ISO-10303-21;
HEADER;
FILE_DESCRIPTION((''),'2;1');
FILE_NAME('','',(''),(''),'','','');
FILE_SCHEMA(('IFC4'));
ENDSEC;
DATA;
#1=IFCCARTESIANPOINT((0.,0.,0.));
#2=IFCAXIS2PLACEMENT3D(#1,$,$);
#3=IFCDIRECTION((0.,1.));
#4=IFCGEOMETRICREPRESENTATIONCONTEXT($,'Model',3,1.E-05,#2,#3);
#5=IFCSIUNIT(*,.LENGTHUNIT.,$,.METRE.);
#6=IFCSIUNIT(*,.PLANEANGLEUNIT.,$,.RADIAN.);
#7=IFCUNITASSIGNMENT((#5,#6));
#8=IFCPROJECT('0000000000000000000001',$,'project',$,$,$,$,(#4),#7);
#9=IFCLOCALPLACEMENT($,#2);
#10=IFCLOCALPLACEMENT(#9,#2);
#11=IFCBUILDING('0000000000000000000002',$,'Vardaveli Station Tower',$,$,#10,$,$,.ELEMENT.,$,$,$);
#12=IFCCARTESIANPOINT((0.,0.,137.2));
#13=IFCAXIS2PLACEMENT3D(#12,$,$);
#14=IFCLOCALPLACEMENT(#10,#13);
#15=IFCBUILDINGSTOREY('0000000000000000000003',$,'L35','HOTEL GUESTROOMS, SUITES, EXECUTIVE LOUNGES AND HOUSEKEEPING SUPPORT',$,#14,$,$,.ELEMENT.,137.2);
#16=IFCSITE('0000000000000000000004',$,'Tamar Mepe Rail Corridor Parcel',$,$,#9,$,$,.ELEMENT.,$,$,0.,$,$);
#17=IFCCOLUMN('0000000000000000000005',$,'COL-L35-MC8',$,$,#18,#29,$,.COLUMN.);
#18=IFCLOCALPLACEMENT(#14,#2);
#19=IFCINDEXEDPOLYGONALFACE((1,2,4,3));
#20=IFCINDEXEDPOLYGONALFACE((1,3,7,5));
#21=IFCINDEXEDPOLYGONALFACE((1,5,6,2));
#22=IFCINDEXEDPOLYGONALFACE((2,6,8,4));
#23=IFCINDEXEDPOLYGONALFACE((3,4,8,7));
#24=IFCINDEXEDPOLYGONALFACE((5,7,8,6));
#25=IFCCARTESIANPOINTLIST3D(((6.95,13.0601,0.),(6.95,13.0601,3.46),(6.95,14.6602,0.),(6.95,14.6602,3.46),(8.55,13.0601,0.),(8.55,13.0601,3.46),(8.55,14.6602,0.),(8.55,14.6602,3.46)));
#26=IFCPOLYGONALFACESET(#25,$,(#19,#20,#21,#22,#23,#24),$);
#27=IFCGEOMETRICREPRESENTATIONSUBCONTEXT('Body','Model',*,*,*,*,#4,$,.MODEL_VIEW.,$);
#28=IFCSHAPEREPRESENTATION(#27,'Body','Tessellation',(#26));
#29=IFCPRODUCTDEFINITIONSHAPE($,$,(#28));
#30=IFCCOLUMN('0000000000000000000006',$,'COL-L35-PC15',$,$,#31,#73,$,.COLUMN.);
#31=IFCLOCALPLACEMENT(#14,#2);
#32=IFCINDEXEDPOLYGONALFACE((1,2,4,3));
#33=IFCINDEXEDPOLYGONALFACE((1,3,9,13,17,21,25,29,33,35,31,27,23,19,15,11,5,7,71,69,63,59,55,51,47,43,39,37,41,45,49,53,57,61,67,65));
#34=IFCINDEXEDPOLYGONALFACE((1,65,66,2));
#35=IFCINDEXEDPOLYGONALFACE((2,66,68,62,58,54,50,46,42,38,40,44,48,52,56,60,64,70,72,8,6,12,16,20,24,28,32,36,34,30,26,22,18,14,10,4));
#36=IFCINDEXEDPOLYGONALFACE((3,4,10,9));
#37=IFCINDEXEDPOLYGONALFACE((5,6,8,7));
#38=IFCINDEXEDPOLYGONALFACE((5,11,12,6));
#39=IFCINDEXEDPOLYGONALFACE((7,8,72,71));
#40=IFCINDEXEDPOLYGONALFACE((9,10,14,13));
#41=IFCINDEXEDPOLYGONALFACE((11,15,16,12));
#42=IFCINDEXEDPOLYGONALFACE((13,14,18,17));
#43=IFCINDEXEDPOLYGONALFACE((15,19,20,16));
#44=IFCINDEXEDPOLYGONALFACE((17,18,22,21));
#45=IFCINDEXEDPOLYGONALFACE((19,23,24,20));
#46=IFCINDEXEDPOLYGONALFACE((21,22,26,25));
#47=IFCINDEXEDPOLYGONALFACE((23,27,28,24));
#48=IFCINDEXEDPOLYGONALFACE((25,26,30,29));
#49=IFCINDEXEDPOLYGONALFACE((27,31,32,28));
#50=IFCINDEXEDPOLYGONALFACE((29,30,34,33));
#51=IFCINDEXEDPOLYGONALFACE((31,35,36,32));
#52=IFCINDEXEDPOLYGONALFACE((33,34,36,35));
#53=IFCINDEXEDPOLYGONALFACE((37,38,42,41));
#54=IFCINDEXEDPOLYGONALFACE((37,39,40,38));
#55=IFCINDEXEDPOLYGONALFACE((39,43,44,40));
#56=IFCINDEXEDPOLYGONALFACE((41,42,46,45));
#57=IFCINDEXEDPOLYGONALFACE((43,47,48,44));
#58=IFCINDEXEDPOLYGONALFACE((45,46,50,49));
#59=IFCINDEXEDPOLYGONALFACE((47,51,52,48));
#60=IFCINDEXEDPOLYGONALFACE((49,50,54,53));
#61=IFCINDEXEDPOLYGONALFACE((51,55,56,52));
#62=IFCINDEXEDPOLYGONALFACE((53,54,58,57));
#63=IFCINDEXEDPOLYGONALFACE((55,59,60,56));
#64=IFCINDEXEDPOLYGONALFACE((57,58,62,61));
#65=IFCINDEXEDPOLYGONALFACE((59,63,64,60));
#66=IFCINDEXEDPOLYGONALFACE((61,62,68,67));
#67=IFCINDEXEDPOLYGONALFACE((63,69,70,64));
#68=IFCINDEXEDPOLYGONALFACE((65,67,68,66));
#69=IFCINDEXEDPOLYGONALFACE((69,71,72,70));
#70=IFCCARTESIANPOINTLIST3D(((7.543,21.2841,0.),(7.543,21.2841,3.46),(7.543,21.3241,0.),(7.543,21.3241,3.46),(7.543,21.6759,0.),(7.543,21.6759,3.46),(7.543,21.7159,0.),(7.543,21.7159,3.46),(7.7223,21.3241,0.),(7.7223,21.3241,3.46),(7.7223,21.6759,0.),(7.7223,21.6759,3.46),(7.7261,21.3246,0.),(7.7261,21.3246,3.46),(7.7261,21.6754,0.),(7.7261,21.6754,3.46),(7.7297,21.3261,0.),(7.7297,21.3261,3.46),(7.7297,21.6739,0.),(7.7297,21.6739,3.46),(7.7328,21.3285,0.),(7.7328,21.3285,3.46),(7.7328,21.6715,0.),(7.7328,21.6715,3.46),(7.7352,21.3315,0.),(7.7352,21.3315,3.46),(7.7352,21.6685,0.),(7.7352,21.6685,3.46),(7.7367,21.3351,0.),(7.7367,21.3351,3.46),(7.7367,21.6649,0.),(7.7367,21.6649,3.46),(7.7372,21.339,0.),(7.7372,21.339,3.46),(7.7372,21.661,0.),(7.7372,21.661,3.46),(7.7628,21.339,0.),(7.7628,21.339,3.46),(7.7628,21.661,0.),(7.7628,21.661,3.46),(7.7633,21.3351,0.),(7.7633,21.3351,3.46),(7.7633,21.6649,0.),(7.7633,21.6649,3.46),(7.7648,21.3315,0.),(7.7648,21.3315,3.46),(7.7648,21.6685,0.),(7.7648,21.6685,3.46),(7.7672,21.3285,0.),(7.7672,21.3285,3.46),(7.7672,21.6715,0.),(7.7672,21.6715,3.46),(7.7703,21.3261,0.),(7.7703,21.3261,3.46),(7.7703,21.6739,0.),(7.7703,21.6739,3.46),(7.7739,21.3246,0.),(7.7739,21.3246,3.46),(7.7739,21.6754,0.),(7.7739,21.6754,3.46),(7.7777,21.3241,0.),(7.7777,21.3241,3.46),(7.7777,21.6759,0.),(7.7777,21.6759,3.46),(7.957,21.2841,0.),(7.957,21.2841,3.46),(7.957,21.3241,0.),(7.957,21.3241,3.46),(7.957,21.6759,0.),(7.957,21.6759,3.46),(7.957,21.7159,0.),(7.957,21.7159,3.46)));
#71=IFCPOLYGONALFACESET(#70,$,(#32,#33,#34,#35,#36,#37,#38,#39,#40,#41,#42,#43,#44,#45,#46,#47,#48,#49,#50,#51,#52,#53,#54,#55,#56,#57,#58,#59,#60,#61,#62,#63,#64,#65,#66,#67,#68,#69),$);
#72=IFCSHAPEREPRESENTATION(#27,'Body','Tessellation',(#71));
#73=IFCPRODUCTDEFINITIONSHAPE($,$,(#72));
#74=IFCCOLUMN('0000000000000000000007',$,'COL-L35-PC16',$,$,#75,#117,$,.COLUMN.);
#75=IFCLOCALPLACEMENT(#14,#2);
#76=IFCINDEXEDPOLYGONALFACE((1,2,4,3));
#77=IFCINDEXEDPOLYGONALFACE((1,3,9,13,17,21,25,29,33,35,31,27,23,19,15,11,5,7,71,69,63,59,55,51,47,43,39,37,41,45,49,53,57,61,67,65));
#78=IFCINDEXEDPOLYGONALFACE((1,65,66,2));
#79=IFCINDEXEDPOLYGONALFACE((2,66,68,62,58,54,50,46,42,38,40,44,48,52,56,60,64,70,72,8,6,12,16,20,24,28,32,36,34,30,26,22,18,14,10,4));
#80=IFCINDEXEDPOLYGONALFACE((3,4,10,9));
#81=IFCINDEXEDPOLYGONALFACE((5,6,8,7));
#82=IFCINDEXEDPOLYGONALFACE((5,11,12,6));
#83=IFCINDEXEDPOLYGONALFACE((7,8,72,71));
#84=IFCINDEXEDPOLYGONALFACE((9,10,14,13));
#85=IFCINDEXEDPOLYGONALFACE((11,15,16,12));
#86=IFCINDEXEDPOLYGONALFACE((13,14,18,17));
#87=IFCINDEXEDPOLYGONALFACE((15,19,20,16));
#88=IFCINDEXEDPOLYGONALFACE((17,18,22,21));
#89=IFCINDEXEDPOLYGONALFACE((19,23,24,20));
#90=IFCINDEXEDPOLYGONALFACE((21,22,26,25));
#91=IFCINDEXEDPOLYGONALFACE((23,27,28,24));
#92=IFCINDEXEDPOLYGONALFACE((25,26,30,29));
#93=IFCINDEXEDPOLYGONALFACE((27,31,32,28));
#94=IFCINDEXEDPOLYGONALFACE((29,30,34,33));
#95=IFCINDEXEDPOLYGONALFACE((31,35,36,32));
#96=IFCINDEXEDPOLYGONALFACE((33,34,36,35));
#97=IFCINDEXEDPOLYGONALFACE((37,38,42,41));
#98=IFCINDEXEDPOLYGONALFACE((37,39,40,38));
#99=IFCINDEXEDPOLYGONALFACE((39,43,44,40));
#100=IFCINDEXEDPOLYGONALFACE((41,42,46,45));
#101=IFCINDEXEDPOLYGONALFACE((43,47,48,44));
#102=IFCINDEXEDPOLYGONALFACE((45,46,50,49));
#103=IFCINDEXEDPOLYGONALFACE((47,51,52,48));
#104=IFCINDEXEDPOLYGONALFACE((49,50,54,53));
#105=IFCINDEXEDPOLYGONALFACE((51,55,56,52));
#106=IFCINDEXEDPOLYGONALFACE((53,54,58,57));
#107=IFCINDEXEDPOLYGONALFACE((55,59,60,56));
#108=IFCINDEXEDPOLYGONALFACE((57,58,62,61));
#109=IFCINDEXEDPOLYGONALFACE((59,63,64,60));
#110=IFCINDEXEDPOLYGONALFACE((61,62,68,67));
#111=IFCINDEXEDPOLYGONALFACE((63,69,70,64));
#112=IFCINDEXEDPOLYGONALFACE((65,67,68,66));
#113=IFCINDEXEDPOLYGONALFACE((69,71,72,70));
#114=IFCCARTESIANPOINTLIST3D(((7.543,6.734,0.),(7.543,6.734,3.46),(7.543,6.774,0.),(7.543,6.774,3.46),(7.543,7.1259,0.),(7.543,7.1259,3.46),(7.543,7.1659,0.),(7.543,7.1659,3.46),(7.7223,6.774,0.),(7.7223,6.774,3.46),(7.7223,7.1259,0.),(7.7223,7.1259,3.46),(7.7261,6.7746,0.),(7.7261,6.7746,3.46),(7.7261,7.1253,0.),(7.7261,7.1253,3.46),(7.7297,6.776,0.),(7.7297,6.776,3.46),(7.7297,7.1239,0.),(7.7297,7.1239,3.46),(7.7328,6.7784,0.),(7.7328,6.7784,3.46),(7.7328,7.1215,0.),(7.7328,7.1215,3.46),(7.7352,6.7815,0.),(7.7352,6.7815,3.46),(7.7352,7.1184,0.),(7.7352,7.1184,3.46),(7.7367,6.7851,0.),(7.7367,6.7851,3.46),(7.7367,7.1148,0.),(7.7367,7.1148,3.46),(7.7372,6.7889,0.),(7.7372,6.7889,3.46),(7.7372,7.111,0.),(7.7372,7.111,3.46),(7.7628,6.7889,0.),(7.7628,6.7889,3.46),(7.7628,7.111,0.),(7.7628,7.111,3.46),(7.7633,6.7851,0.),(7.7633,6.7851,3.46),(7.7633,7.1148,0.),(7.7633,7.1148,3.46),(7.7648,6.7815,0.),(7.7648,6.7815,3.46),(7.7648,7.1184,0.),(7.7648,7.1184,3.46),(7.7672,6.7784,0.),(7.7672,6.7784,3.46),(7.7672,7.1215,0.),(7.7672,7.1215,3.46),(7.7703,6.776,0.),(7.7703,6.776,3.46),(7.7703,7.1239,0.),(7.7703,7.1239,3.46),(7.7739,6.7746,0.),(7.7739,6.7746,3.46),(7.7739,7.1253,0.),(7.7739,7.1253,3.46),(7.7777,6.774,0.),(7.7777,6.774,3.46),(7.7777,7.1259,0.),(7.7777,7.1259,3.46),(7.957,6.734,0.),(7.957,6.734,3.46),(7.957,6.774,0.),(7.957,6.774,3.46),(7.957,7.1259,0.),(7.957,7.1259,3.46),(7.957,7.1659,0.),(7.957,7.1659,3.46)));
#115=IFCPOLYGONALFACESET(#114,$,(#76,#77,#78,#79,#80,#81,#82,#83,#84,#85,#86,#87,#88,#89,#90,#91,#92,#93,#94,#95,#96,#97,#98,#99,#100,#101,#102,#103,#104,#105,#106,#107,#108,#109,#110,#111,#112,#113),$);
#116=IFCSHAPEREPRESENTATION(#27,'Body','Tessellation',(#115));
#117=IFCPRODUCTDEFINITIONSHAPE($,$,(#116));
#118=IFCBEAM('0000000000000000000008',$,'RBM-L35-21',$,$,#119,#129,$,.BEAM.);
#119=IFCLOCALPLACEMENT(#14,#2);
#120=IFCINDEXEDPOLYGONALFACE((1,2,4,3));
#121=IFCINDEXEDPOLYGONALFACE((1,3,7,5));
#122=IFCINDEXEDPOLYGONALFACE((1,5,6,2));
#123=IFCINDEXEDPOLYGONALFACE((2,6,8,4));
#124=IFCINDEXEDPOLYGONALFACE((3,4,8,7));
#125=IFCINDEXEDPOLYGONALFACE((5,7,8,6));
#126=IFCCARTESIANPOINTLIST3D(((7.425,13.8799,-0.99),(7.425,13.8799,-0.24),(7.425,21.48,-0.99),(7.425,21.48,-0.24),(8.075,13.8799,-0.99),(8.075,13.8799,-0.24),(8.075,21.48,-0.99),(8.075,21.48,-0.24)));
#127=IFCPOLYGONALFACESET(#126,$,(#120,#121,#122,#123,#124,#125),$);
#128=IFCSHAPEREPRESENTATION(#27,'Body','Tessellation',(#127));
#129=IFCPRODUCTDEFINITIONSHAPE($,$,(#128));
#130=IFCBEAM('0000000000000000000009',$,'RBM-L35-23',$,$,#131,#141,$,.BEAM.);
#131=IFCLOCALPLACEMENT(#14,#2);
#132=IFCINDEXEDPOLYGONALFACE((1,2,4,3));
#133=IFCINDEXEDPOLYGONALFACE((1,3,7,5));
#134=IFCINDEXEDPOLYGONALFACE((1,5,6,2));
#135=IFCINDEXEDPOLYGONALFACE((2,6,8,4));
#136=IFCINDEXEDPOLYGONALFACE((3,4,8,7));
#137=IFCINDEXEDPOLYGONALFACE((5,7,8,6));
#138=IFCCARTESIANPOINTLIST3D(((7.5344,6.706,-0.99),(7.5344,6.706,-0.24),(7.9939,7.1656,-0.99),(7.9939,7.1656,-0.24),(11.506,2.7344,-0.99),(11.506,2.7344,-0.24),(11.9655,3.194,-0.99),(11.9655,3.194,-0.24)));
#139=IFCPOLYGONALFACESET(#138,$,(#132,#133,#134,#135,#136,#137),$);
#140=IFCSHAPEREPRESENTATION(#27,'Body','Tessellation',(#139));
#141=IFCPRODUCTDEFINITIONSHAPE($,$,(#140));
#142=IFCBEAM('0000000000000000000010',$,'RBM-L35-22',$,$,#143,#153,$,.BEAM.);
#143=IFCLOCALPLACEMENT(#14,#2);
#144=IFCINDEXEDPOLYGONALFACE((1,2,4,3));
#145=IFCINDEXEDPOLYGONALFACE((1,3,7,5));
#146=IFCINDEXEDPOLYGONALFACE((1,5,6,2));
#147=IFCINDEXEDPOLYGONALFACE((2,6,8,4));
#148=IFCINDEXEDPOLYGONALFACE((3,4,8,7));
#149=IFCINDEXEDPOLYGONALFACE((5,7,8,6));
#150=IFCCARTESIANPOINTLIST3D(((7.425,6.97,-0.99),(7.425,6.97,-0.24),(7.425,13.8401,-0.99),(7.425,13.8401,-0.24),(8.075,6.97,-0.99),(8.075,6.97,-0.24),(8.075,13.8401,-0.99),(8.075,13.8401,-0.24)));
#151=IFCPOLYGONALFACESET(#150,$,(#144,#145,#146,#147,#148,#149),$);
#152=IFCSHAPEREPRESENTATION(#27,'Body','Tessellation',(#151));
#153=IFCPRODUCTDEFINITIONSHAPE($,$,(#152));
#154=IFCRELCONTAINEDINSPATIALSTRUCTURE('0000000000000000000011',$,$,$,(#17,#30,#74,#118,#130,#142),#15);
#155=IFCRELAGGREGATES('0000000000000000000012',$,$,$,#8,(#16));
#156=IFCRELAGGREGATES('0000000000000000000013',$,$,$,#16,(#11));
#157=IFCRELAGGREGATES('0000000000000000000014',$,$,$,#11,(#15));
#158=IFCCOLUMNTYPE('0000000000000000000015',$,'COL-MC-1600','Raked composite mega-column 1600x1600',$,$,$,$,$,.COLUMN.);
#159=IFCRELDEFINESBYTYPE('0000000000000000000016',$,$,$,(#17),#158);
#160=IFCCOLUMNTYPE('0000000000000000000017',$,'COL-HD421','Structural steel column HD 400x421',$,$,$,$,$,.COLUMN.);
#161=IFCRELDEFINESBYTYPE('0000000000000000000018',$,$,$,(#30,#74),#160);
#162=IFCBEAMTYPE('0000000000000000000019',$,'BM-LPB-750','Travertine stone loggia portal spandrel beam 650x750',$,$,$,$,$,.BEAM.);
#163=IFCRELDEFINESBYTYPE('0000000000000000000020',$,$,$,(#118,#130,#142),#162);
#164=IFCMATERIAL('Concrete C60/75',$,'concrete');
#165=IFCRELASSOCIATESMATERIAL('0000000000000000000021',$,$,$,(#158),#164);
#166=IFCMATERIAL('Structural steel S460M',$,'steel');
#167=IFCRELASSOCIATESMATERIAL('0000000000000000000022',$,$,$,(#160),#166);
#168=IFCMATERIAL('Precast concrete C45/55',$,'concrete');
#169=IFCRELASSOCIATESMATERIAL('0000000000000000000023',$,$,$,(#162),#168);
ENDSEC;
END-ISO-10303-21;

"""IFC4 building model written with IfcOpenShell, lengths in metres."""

from ifc_helpers import new_model, si_unit, direction, frame, origin, origin_2d, place, context, subcontext, project, spatial, rectangle, i_section, extrude, source, transform, mapped, material, material_profile, profile_set, type_object, element, save


model = new_model("IFC4")

# Units and contexts
model_context = context("Model", 3, precision=1e-05, world=origin(), true_north=direction((0.0, 1.0)))
body_context = subcontext(model_context, "Body", "Model", "MODEL_VIEW")
ifc_project = project(units=[si_unit("LENGTHUNIT", "METRE"), si_unit("PLANEANGLEUNIT", "RADIAN")], contexts=[model_context])

# Site, building, storey
site_placement = place(None, origin())
site = spatial("IfcSite", under=ifc_project, at=site_placement, Name="Tamar Mepe Rail Corridor Parcel", CompositionType="ELEMENT", RefElevation=0.0)
building_placement = place(site_placement, origin())
building = spatial("IfcBuilding", under=site, at=building_placement, Name="Vardaveli Station Tower", CompositionType="ELEMENT")
storey_placement = place(building_placement, frame((0.0, 0.0, 137.2)))
storey = spatial("IfcBuildingStorey", under=building, at=storey_placement, Name="L35", Description="HOTEL GUESTROOMS, SUITES, EXECUTIVE LOUNGES AND HOUSEKEEPING SUPPORT", CompositionType="ELEMENT", Elevation=137.2)

# Columns
ifc_material_1 = material(Name="Concrete C60/75", Category="concrete")
ifc_material_profile_1 = material_profile(ifc_material_1, rectangle(XDim=1.6001, YDim=1.6001, at=origin_2d()), Name="MC 1600x1600")
ifc_profile_set_1 = profile_set([ifc_material_profile_1], Name="Concrete C60/75")
column_type_1 = type_object("IfcColumnType", Name="COL-MC-1600", Description="Raked composite mega-column 1600x1600", PredefinedType="COLUMN", material=ifc_profile_set_1)
shared_shape_1 = source(origin(), body_context, "Body", "SweptSolid", [
    extrude(rectangle(XDim=1.6001, YDim=1.6001, at=origin_2d()), origin(), (0.0, 0.0, 1.0), 3.46),
])
column_placement = place(storey_placement, frame((7.75, 13.8601, 0.0), z_axis=(0.0, 0.0, 1.0), x_axis=(1.0, 0.0, 0.0)))
element("IfcColumn", 1, at=column_placement, inside=storey, type_object=column_type_1, Name="COL-L35-MC8", PredefinedType="COLUMN", context=body_context, shape_type="MappedRepresentation", body=[
    mapped(shared_shape_1, transform((0.0, 0.0, 0.0), scale=1.0)),
])
ifc_material_2 = material(Name="Structural steel S460M", Category="steel")
ifc_material_profile_2 = material_profile(ifc_material_2, i_section(OverallWidth=0.4141, OverallDepth=0.4319, WebThickness=0.0256, FlangeThickness=0.04, FilletRadius=0.0149, at=origin_2d()), Name="HD 400x421")
ifc_profile_set_2 = profile_set([ifc_material_profile_2], Name="Structural steel S460M")
column_type_2 = type_object("IfcColumnType", Name="COL-HD421", Description="Structural steel column HD 400x421", PredefinedType="COLUMN", material=ifc_profile_set_2)
shared_shape_2 = source(origin(), body_context, "Body", "SweptSolid", [
    extrude(i_section(OverallWidth=0.4141, OverallDepth=0.4319, WebThickness=0.0256, FlangeThickness=0.04, FilletRadius=0.0149, at=origin_2d()), origin(), (0.0, 0.0, 1.0), 3.46),
])
for number, where, z_axis, x_axis, name in (
    (2, (7.75, 21.5, 0.0), (0.0, 0.0, 1.0), (1.0, 0.0, 0.0), "COL-L35-PC15"),
    (3, (7.75, 6.95, 0.0), (0.0, 0.0, 1.0), (1.0, 0.0, 0.0), "COL-L35-PC16"),
):
    element("IfcColumn", number, at=place(storey_placement, frame(where, z_axis=z_axis, x_axis=x_axis)), inside=storey, type_object=column_type_2, Name=name, PredefinedType="COLUMN", context=body_context, shape_type="MappedRepresentation", body=[
        mapped(shared_shape_2, transform((0.0, 0.0, 0.0), scale=1.0)),
    ])

# Beams
ifc_material_3 = material(Name="Precast concrete C45/55", Category="concrete")
ifc_material_profile_3 = material_profile(ifc_material_3, rectangle(XDim=0.6499, YDim=0.75, at=origin_2d()), Name="LPB 650x750")
ifc_profile_set_3 = profile_set([ifc_material_profile_3], Name="Precast concrete C45/55")
beam_type_1 = type_object("IfcBeamType", Name="BM-LPB-750", Description="Travertine stone loggia portal spandrel beam 650x750", PredefinedType="BEAM", material=ifc_profile_set_3)
shared_shape_3 = source(origin(), body_context, "Body", "SweptSolid", [
    extrude(rectangle(XDim=0.6499, YDim=0.75, at=origin_2d()), origin(), (0.0, 0.0, 1.0), 7.6001),
])
beam_1_placement = place(storey_placement, frame((7.75, 21.48, -0.615), z_axis=(0.0, -1.0, 0.0), x_axis=(1.0, 0.0, 0.0)))
element("IfcBeam", 4, at=beam_1_placement, inside=storey, type_object=beam_type_1, Name="RBM-L35-21", PredefinedType="BEAM", context=body_context, shape_type="MappedRepresentation", body=[
    mapped(shared_shape_3, transform((0.0, 0.0, 0.0), scale=1.0)),
])
shared_shape_4 = source(origin(), body_context, "Body", "SweptSolid", [
    extrude(rectangle(XDim=0.6499, YDim=0.75, at=origin_2d()), origin(), (0.0, 0.0, 1.0), 5.6167),
])
beam_2_placement = place(storey_placement, frame((7.7642, 6.9358, -0.615), z_axis=(0.707107, -0.707107, 0.0), x_axis=(0.707107, 0.707107, 0.0)))
element("IfcBeam", 5, at=beam_2_placement, inside=storey, type_object=beam_type_1, Name="RBM-L35-23", PredefinedType="BEAM", context=body_context, shape_type="MappedRepresentation", body=[
    mapped(shared_shape_4, transform((0.0, 0.0, 0.0), scale=1.0)),
])
shared_shape_5 = source(origin(), body_context, "Body", "SweptSolid", [
    extrude(rectangle(XDim=0.6499, YDim=0.75, at=origin_2d()), origin(), (0.0, 0.0, 1.0), 6.8701),
])
beam_3_placement = place(storey_placement, frame((7.75, 13.8401, -0.615), z_axis=(0.0, -1.0, 0.0), x_axis=(1.0, 0.0, 0.0)))
element("IfcBeam", 6, at=beam_3_placement, inside=storey, type_object=beam_type_1, Name="RBM-L35-22", PredefinedType="BEAM", context=body_context, shape_type="MappedRepresentation", body=[
    mapped(shared_shape_5, transform((0.0, 0.0, 0.0), scale=1.0)),
])

save(model, "model.ifc")
